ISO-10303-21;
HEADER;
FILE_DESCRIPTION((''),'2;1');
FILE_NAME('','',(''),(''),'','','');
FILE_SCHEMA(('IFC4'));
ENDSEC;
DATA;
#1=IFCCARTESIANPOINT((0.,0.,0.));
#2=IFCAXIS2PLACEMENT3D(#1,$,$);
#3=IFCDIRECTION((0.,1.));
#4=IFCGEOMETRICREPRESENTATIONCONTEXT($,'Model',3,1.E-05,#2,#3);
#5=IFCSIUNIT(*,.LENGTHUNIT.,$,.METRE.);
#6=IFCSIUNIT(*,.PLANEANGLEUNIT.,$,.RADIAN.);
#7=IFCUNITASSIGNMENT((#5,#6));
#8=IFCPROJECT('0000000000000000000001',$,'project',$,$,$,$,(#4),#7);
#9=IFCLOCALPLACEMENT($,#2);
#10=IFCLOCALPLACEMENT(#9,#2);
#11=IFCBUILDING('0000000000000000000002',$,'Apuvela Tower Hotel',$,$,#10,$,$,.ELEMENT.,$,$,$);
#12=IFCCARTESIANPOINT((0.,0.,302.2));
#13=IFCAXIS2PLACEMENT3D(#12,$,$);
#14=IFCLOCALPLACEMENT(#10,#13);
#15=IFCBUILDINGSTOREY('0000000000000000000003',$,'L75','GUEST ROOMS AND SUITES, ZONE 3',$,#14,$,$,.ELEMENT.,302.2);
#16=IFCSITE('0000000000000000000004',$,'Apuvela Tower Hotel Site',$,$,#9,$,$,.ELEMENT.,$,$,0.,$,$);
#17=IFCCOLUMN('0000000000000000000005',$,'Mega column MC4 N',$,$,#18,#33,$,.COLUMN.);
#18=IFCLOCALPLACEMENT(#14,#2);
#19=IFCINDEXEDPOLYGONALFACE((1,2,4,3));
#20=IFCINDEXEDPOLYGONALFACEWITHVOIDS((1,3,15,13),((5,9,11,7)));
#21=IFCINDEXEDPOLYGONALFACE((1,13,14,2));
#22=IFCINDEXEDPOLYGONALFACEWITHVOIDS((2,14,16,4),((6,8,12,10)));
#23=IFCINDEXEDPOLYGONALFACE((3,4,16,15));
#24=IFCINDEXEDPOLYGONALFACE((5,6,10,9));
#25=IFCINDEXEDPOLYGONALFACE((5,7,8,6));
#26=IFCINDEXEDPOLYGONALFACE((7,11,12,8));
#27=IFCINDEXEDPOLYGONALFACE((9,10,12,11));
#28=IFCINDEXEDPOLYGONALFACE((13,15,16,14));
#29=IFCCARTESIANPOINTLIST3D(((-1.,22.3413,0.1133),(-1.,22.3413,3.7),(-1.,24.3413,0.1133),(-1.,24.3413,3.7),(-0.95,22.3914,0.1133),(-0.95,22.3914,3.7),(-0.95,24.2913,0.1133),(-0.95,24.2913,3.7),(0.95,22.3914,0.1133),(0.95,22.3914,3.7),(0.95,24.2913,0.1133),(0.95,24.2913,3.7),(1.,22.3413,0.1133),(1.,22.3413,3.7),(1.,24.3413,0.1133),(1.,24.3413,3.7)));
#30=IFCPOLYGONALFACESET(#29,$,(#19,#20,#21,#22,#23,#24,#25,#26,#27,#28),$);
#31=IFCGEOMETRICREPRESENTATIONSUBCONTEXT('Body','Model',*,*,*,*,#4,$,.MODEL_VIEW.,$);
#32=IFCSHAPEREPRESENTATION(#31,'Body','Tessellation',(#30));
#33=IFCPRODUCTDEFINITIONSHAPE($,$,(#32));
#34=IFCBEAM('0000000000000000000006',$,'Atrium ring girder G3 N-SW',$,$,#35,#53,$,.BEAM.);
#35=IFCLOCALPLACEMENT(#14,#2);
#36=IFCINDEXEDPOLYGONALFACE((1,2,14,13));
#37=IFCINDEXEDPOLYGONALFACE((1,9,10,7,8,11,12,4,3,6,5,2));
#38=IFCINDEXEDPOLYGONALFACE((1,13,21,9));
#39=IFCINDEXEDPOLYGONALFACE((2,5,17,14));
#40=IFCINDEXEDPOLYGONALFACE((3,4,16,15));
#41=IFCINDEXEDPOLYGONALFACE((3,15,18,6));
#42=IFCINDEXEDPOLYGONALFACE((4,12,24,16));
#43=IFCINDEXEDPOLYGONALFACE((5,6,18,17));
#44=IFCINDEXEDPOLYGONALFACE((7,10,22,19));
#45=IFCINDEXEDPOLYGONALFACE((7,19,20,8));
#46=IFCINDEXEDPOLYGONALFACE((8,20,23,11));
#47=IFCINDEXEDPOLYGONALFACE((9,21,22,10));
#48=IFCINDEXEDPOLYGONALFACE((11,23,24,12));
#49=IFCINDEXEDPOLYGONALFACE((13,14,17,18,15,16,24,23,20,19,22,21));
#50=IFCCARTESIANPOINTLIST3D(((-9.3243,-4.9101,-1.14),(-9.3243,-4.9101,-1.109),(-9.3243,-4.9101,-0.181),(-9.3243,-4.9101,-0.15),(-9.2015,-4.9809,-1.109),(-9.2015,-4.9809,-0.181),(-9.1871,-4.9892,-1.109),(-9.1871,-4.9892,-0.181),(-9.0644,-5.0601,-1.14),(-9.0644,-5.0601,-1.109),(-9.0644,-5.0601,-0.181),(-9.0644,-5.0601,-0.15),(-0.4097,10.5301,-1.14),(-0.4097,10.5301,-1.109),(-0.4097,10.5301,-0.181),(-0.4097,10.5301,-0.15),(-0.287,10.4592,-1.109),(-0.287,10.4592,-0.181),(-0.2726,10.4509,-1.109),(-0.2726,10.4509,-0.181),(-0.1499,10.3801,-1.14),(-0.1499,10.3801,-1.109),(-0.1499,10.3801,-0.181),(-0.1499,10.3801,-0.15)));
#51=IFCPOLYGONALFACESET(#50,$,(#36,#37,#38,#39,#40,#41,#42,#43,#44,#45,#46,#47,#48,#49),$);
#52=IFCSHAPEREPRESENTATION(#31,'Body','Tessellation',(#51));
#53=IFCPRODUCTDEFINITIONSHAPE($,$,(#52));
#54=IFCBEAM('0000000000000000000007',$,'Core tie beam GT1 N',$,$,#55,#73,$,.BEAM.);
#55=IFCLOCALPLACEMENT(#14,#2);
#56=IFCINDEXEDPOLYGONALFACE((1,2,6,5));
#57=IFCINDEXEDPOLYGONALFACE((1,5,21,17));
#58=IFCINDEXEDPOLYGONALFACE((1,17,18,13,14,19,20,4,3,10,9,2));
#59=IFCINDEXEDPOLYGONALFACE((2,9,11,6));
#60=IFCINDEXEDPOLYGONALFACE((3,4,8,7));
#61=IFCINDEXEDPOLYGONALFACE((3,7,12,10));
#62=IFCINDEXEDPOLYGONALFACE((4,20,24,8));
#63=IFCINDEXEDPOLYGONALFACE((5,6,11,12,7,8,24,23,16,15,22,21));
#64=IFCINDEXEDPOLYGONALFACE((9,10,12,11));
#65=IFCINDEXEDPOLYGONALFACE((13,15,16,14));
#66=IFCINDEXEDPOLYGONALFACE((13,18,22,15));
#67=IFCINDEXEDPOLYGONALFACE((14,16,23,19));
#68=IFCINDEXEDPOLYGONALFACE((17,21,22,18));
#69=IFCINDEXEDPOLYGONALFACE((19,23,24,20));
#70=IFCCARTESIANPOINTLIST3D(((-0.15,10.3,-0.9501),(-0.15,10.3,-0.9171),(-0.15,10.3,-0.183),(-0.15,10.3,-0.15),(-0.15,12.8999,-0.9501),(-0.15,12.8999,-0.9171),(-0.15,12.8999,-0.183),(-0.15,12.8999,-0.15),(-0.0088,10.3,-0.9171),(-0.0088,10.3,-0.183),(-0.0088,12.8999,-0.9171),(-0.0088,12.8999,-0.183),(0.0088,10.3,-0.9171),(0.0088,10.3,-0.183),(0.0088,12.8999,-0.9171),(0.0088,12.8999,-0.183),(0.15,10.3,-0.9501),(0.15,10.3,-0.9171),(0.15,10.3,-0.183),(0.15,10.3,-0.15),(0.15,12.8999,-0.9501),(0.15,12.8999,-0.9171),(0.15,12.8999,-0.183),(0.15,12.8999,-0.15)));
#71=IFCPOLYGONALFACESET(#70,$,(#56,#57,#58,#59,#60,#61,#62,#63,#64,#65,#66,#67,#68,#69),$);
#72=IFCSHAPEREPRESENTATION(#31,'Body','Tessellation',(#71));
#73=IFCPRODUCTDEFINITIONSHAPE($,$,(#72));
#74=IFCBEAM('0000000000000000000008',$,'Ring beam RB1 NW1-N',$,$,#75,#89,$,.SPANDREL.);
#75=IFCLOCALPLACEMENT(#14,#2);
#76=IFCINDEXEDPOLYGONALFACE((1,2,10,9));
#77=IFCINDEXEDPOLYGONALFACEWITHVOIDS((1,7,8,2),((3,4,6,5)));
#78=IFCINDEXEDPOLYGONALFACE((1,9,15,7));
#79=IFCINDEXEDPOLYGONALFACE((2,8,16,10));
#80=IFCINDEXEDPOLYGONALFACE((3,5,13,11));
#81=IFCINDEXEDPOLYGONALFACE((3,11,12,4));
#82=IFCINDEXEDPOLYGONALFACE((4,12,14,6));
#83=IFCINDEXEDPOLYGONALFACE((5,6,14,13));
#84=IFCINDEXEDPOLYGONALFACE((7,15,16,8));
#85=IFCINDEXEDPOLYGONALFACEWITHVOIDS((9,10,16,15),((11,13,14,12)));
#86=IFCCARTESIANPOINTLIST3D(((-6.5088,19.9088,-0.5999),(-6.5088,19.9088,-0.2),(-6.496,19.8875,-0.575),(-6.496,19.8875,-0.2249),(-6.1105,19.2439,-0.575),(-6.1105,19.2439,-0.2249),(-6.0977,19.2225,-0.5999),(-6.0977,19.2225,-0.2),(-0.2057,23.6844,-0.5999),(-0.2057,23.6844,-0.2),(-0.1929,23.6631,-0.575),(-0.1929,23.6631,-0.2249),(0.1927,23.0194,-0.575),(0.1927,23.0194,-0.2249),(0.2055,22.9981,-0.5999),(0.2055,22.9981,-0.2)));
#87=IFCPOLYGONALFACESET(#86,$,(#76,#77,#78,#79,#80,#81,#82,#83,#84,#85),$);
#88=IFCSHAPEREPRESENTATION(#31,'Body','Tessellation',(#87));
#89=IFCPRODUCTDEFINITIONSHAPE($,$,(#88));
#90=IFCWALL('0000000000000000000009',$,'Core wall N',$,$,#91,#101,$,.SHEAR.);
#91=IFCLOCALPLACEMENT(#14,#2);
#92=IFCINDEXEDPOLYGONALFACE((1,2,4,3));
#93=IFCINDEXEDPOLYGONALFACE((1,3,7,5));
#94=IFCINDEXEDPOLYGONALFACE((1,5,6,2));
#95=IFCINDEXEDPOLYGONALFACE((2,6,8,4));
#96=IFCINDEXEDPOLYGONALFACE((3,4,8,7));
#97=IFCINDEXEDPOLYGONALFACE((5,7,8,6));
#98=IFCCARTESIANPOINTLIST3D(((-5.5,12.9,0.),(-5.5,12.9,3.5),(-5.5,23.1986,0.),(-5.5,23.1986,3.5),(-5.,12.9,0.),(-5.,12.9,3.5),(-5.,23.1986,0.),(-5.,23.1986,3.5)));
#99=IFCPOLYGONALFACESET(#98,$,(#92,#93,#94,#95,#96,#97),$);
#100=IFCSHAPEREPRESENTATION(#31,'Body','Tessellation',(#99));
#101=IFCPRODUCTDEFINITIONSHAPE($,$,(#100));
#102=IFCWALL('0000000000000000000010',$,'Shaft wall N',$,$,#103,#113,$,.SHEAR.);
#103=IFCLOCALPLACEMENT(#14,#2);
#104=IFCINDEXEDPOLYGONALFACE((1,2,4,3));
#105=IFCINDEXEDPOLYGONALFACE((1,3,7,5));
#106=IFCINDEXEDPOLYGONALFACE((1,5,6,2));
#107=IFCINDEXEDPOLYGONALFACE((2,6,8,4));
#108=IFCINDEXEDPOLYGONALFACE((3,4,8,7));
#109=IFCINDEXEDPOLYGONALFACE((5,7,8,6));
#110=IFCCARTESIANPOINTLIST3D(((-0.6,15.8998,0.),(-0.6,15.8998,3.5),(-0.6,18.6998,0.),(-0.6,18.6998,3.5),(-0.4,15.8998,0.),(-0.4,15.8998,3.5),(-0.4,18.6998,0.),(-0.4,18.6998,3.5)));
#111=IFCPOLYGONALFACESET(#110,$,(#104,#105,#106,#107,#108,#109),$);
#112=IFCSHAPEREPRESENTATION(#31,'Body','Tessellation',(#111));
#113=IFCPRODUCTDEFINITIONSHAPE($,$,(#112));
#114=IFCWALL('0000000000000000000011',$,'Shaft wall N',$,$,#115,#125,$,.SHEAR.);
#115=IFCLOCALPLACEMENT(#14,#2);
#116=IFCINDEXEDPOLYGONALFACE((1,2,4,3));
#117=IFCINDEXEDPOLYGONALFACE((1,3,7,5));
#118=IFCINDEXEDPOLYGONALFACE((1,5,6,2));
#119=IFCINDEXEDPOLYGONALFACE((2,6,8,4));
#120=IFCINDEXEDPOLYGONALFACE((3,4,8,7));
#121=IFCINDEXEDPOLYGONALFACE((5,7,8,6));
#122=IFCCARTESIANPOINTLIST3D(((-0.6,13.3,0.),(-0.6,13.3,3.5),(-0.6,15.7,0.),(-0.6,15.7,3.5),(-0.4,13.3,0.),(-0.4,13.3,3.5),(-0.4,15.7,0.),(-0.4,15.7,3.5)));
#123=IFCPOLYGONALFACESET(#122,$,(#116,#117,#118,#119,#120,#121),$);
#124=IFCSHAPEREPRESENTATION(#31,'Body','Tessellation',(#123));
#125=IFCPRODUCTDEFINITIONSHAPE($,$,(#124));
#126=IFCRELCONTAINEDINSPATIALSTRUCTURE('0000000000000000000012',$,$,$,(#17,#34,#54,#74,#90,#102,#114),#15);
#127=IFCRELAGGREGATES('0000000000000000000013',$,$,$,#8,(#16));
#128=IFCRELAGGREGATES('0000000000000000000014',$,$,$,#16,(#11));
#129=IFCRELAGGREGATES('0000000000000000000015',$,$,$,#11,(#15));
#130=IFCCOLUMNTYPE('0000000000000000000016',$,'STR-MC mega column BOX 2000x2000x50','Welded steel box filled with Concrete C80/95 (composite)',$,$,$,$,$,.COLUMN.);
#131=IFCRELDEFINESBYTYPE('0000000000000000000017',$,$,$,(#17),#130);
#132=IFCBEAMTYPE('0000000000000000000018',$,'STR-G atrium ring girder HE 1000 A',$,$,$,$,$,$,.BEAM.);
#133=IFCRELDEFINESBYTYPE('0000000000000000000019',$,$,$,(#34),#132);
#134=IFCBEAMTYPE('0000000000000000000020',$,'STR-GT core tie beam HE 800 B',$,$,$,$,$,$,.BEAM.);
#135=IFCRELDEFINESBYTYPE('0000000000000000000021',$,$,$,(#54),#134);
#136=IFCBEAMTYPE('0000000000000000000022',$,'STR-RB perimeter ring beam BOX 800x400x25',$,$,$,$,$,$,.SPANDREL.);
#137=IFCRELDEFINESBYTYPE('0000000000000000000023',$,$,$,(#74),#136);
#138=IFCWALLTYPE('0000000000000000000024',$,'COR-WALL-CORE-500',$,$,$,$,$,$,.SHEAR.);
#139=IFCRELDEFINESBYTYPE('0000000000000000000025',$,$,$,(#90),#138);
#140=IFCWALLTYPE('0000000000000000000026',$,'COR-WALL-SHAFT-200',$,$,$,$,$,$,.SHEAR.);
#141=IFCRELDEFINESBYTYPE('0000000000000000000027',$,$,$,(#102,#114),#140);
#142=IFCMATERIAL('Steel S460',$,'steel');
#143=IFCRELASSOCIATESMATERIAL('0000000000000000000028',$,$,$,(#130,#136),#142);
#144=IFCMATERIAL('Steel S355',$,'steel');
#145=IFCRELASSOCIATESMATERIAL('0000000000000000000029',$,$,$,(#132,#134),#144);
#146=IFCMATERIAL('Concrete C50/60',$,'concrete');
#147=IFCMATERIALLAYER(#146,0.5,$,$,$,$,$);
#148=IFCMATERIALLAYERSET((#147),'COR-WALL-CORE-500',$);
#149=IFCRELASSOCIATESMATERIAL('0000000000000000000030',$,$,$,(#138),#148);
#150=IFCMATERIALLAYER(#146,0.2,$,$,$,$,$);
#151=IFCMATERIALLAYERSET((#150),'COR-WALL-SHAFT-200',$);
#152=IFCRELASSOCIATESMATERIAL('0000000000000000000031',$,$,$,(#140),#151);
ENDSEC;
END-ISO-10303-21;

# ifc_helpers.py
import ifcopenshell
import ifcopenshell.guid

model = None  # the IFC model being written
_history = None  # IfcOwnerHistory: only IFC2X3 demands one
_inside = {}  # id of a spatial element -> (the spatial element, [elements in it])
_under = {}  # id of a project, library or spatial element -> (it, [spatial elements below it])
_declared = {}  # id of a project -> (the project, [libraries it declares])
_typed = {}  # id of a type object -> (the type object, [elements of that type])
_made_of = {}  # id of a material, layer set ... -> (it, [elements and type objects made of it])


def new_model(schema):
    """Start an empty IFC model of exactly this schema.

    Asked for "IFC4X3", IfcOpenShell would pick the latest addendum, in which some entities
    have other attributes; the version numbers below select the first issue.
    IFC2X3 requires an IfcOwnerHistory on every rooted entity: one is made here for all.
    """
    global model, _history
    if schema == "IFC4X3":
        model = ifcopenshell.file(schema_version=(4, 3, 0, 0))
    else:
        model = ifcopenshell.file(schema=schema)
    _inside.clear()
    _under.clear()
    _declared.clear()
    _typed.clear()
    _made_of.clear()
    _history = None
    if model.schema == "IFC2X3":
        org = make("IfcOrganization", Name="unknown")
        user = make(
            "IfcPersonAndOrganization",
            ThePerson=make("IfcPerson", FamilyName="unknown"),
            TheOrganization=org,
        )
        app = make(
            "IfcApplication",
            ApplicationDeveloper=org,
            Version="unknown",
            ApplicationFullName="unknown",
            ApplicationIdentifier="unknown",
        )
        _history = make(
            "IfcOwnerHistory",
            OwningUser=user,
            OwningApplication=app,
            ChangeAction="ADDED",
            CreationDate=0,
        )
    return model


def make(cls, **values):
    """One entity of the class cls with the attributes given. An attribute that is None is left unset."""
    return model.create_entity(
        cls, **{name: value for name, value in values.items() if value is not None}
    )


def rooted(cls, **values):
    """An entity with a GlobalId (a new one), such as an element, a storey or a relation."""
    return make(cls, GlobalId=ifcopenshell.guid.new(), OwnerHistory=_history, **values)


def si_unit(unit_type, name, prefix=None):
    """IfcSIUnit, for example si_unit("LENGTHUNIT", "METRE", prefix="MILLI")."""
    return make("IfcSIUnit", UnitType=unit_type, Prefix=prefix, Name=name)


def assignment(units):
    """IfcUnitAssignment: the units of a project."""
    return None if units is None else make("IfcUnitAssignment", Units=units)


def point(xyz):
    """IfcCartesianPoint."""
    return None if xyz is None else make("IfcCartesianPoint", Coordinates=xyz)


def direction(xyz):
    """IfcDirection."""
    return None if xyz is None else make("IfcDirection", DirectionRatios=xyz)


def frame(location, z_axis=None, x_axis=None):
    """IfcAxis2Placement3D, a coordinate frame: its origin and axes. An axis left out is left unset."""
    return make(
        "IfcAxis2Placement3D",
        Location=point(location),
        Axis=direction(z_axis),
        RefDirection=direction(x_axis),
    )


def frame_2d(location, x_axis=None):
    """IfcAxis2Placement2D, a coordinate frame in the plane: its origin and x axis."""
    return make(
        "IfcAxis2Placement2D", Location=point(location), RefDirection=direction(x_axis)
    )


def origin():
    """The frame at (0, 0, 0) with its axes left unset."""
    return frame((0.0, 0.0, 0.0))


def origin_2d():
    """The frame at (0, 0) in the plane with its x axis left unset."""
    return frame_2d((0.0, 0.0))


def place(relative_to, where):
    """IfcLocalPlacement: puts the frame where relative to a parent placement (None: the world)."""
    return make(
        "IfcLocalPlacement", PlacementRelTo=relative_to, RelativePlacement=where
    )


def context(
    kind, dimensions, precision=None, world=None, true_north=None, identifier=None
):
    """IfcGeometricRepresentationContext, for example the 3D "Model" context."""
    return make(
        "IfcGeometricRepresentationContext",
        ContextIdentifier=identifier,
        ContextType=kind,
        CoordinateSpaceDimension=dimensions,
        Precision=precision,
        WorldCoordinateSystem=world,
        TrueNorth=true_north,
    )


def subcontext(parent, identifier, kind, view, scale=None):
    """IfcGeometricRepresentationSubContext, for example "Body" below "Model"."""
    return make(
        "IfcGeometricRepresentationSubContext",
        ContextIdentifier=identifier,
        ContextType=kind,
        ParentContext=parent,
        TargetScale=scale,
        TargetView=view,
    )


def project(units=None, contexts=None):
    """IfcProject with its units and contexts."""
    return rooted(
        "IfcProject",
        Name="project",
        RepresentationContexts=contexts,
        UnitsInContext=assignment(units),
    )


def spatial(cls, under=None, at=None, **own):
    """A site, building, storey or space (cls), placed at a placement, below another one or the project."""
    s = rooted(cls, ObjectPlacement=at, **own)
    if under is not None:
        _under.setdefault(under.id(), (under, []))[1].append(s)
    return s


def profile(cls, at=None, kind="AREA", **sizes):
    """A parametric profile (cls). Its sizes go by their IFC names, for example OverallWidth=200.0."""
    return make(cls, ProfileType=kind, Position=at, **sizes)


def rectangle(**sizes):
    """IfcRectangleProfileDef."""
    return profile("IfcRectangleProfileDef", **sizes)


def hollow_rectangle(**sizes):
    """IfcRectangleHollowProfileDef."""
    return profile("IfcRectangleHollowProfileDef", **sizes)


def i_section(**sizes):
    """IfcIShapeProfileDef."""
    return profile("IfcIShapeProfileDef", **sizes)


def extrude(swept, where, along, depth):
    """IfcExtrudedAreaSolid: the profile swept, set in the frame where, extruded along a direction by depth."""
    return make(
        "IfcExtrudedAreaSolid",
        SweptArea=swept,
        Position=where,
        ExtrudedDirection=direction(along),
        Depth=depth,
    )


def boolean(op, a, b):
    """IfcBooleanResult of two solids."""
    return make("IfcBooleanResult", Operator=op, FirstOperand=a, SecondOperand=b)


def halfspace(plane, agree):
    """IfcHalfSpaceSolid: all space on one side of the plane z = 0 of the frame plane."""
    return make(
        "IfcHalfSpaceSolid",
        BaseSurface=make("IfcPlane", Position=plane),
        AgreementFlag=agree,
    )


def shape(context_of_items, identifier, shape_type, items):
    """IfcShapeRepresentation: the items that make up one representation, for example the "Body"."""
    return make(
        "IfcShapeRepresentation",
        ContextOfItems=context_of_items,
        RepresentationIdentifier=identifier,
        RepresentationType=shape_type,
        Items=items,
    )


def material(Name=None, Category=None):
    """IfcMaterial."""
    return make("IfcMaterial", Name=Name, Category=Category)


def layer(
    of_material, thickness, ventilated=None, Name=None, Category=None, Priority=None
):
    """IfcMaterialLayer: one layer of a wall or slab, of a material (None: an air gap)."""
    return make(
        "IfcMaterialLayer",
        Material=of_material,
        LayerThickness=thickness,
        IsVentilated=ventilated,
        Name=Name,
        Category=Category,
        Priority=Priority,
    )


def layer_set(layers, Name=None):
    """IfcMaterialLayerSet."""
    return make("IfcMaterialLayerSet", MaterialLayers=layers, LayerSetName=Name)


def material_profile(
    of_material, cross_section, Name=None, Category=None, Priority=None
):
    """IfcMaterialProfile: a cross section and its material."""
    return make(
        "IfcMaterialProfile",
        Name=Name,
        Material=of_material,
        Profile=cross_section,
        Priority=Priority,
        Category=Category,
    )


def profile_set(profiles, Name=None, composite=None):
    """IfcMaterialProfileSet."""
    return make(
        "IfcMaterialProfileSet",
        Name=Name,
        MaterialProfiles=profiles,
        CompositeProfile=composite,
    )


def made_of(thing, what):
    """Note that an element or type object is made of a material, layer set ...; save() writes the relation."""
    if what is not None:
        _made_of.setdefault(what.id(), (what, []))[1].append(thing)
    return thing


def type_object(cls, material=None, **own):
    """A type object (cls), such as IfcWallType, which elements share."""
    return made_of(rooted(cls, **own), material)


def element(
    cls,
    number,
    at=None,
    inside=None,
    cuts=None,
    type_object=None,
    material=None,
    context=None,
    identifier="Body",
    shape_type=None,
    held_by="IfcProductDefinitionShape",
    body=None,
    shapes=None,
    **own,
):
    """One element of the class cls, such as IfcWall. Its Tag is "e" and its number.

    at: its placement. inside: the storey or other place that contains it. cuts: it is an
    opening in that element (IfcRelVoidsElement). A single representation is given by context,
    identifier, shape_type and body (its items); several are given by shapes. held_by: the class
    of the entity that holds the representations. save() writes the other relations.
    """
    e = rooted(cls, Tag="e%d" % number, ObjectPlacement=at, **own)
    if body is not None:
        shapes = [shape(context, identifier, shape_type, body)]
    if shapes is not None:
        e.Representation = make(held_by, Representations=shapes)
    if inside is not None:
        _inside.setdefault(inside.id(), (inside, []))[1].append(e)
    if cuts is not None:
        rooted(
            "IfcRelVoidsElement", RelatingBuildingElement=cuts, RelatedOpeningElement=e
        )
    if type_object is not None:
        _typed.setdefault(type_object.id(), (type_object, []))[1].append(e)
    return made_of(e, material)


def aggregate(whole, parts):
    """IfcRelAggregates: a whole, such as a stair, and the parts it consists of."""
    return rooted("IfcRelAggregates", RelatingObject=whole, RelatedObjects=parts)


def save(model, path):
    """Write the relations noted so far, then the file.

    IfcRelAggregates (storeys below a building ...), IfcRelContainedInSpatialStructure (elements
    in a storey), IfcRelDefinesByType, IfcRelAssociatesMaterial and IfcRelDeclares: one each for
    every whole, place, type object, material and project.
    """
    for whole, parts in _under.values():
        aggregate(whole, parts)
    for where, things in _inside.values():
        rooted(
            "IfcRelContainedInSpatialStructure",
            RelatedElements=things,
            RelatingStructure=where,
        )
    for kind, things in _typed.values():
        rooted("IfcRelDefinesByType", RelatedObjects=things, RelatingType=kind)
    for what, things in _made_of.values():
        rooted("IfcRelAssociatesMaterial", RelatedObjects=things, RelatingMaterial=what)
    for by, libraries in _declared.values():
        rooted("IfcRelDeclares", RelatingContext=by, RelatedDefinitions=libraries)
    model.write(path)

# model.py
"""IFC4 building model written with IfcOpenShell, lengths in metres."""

from ifc_helpers import new_model, si_unit, direction, frame, frame_2d, origin, origin_2d, place, context, subcontext, project, spatial, rectangle, hollow_rectangle, i_section, extrude, boolean, halfspace, material, layer, layer_set, material_profile, profile_set, type_object, element, save


model = new_model("IFC4")

# Units and contexts
model_context = context("Model", 3, precision=1e-05, world=origin(), true_north=direction((0.0, 1.0)))
body_context = subcontext(model_context, "Body", "Model", "MODEL_VIEW")
ifc_project = project(units=[si_unit("LENGTHUNIT", "METRE"), si_unit("PLANEANGLEUNIT", "RADIAN")], contexts=[model_context])

# Site, building, storey
site_placement = place(None, origin())
site = spatial("IfcSite", under=ifc_project, at=site_placement, Name="Apuvela Tower Hotel Site", CompositionType="ELEMENT", RefElevation=0.0)
building_placement = place(site_placement, origin())
building = spatial("IfcBuilding", under=site, at=building_placement, Name="Apuvela Tower Hotel", CompositionType="ELEMENT")
storey_placement = place(building_placement, frame((0.0, 0.0, 302.2)))
storey = spatial("IfcBuildingStorey", under=building, at=storey_placement, Name="L75", Description="GUEST ROOMS AND SUITES, ZONE 3", CompositionType="ELEMENT", Elevation=302.2)

# Column
ifc_material_1 = material(Name="Steel S460", Category="steel")
ifc_material_profile_1 = material_profile(ifc_material_1, hollow_rectangle(XDim=2.0, YDim=2.0, WallThickness=0.05, at=origin_2d()), Name="BOX 2000x2000x50")
ifc_material_2 = material(Name="Concrete C80/95", Category="concrete")
ifc_material_profile_2 = material_profile(ifc_material_2, rectangle(XDim=1.8999, YDim=1.8999, at=origin_2d()), Name="Concrete C80/95 infill")
ifc_profile_set_1 = profile_set([ifc_material_profile_1, ifc_material_profile_2], Name="Steel S460")
column_type = type_object("IfcColumnType", Name="STR-MC mega column BOX 2000x2000x50", Description="Welded steel box filled with Concrete C80/95 (composite)", PredefinedType="COLUMN", material=ifc_profile_set_1)
column_placement = place(storey_placement, frame((0.0, 23.3413, 0.0), z_axis=(0.0, 0.0, 1.0), x_axis=(1.0, 0.0, 0.0)))
element("IfcColumn", 1, at=column_placement, inside=storey, type_object=column_type, Name="Mega column MC4 N", PredefinedType="COLUMN", context=body_context, shape_type="SweptSolid", body=[
    boolean("DIFFERENCE", extrude(hollow_rectangle(XDim=2.0, YDim=2.0, WallThickness=0.05, at=origin_2d()), origin(), (0.0, 0.0, 1.0), 3.7), halfspace(frame((0.0, 0.0, 0.1133), z_axis=(0.0, 0.0, 1.0), x_axis=(1.0, 0.0, 0.0)), True)),
])

# Beams
ifc_material_3 = material(Name="Steel S355", Category="steel")
ifc_material_profile_3 = material_profile(ifc_material_3, i_section(OverallWidth=0.3, OverallDepth=0.99, WebThickness=0.0166, FlangeThickness=0.031, at=origin_2d()), Name="HE 1000 A")
ifc_profile_set_2 = profile_set([ifc_material_profile_3], Name="Steel S355")
beam_type_1 = type_object("IfcBeamType", Name="STR-G atrium ring girder HE 1000 A", PredefinedType="BEAM", material=ifc_profile_set_2)
beam_1_placement = place(storey_placement, frame((-0.2798, 10.4551, -0.645), z_axis=(-0.500007, -0.866022, 0.0), x_axis=(0.866022, -0.500007, 0.0)))
element("IfcBeam", 2, at=beam_1_placement, inside=storey, type_object=beam_type_1, Name="Atrium ring girder G3 N-SW", PredefinedType="BEAM", context=body_context, shape_type="SweptSolid", body=[
    extrude(i_section(OverallWidth=0.3, OverallDepth=0.99, WebThickness=0.0166, FlangeThickness=0.031, at=origin_2d()), origin(), (0.0, 0.0, 1.0), 17.8289),
])
ifc_material_profile_4 = material_profile(ifc_material_3, i_section(OverallWidth=0.3, OverallDepth=0.8, WebThickness=0.0176, FlangeThickness=0.033, at=origin_2d()), Name="HE 800 B")
ifc_profile_set_3 = profile_set([ifc_material_profile_4], Name="Steel S355")
beam_type_2 = type_object("IfcBeamType", Name="STR-GT core tie beam HE 800 B", PredefinedType="BEAM", material=ifc_profile_set_3)
beam_2_placement = place(storey_placement, frame((0.0, 12.8999, -0.55), z_axis=(0.0, -1.0, 0.0), x_axis=(1.0, 0.0, 0.0)))
element("IfcBeam", 3, at=beam_2_placement, inside=storey, type_object=beam_type_2, Name="Core tie beam GT1 N", PredefinedType="BEAM", context=body_context, shape_type="SweptSolid", body=[
    extrude(i_section(OverallWidth=0.3, OverallDepth=0.8, WebThickness=0.0176, FlangeThickness=0.033, at=origin_2d()), origin(), (0.0, 0.0, 1.0), 2.5999),
])
ifc_material_profile_5 = material_profile(ifc_material_1, hollow_rectangle(XDim=0.8, YDim=0.3999, WallThickness=0.0249, at=origin_2d()), Name="BOX 800x400x25")
ifc_profile_set_4 = profile_set([ifc_material_profile_5], Name="Steel S460")
beam_type_3 = type_object("IfcBeamType", Name="STR-RB perimeter ring beam BOX 800x400x25", PredefinedType="SPANDREL", material=ifc_profile_set_4)
beam_3_placement = place(storey_placement, frame((-6.3032, 19.5657, -0.3999), z_axis=(0.857871, 0.513865, 0.0), x_axis=(-0.513865, 0.857871, 0.0)))
element("IfcBeam", 4, at=beam_3_placement, inside=storey, type_object=beam_type_3, Name="Ring beam RB1 NW1-N", PredefinedType="SPANDREL", context=body_context, shape_type="SweptSolid", body=[
    extrude(hollow_rectangle(XDim=0.8, YDim=0.3999, WallThickness=0.0249, at=origin_2d()), origin(), (0.0, 0.0, 1.0), 7.3474),
])

# Walls
ifc_material_4 = material(Name="Concrete C50/60", Category="concrete")
ifc_layer_1 = layer(ifc_material_4, 0.5)
ifc_layer_set_1 = layer_set([ifc_layer_1], Name="COR-WALL-CORE-500")
wall_type_1 = type_object("IfcWallType", Name="COR-WALL-CORE-500", PredefinedType="SHEAR", material=ifc_layer_set_1)
wall_1_placement = place(storey_placement, frame((-5.25, 12.8999, 0.0), z_axis=(0.0, 0.0, 1.0), x_axis=(0.0, 1.0, 0.0)))
element("IfcWall", 5, at=wall_1_placement, inside=storey, type_object=wall_type_1, Name="Core wall N", PredefinedType="SHEAR", context=body_context, shape_type="SweptSolid", body=[
    extrude(rectangle(XDim=10.2986, YDim=0.5, at=frame_2d((5.1494, 0.0))), origin(), (0.0, 0.0, 1.0), 3.5),
])
ifc_layer_2 = layer(ifc_material_4, 0.2)
ifc_layer_set_2 = layer_set([ifc_layer_2], Name="COR-WALL-SHAFT-200")
wall_type_2 = type_object("IfcWallType", Name="COR-WALL-SHAFT-200", PredefinedType="SHEAR", material=ifc_layer_set_2)
wall_2_placement = place(storey_placement, frame((-0.5, 15.8999, 0.0), z_axis=(0.0, 0.0, 1.0), x_axis=(0.0, 1.0, 0.0)))
element("IfcWall", 6, at=wall_2_placement, inside=storey, type_object=wall_type_2, Name="Shaft wall N", PredefinedType="SHEAR", context=body_context, shape_type="SweptSolid", body=[
    extrude(rectangle(XDim=2.8, YDim=0.2, at=frame_2d((1.3999, 0.0))), origin(), (0.0, 0.0, 1.0), 3.5),
])
wall_3_placement = place(storey_placement, frame((-0.5, 13.3, 0.0), z_axis=(0.0, 0.0, 1.0), x_axis=(0.0, 1.0, 0.0)))
element("IfcWall", 7, at=wall_3_placement, inside=storey, type_object=wall_type_2, Name="Shaft wall N", PredefinedType="SHEAR", context=body_context, shape_type="SweptSolid", body=[
    extrude(rectangle(XDim=2.3999, YDim=0.2, at=frame_2d((1.2, 0.0))), origin(), (0.0, 0.0, 1.0), 3.5),
])

save(model, "model.ifc")
